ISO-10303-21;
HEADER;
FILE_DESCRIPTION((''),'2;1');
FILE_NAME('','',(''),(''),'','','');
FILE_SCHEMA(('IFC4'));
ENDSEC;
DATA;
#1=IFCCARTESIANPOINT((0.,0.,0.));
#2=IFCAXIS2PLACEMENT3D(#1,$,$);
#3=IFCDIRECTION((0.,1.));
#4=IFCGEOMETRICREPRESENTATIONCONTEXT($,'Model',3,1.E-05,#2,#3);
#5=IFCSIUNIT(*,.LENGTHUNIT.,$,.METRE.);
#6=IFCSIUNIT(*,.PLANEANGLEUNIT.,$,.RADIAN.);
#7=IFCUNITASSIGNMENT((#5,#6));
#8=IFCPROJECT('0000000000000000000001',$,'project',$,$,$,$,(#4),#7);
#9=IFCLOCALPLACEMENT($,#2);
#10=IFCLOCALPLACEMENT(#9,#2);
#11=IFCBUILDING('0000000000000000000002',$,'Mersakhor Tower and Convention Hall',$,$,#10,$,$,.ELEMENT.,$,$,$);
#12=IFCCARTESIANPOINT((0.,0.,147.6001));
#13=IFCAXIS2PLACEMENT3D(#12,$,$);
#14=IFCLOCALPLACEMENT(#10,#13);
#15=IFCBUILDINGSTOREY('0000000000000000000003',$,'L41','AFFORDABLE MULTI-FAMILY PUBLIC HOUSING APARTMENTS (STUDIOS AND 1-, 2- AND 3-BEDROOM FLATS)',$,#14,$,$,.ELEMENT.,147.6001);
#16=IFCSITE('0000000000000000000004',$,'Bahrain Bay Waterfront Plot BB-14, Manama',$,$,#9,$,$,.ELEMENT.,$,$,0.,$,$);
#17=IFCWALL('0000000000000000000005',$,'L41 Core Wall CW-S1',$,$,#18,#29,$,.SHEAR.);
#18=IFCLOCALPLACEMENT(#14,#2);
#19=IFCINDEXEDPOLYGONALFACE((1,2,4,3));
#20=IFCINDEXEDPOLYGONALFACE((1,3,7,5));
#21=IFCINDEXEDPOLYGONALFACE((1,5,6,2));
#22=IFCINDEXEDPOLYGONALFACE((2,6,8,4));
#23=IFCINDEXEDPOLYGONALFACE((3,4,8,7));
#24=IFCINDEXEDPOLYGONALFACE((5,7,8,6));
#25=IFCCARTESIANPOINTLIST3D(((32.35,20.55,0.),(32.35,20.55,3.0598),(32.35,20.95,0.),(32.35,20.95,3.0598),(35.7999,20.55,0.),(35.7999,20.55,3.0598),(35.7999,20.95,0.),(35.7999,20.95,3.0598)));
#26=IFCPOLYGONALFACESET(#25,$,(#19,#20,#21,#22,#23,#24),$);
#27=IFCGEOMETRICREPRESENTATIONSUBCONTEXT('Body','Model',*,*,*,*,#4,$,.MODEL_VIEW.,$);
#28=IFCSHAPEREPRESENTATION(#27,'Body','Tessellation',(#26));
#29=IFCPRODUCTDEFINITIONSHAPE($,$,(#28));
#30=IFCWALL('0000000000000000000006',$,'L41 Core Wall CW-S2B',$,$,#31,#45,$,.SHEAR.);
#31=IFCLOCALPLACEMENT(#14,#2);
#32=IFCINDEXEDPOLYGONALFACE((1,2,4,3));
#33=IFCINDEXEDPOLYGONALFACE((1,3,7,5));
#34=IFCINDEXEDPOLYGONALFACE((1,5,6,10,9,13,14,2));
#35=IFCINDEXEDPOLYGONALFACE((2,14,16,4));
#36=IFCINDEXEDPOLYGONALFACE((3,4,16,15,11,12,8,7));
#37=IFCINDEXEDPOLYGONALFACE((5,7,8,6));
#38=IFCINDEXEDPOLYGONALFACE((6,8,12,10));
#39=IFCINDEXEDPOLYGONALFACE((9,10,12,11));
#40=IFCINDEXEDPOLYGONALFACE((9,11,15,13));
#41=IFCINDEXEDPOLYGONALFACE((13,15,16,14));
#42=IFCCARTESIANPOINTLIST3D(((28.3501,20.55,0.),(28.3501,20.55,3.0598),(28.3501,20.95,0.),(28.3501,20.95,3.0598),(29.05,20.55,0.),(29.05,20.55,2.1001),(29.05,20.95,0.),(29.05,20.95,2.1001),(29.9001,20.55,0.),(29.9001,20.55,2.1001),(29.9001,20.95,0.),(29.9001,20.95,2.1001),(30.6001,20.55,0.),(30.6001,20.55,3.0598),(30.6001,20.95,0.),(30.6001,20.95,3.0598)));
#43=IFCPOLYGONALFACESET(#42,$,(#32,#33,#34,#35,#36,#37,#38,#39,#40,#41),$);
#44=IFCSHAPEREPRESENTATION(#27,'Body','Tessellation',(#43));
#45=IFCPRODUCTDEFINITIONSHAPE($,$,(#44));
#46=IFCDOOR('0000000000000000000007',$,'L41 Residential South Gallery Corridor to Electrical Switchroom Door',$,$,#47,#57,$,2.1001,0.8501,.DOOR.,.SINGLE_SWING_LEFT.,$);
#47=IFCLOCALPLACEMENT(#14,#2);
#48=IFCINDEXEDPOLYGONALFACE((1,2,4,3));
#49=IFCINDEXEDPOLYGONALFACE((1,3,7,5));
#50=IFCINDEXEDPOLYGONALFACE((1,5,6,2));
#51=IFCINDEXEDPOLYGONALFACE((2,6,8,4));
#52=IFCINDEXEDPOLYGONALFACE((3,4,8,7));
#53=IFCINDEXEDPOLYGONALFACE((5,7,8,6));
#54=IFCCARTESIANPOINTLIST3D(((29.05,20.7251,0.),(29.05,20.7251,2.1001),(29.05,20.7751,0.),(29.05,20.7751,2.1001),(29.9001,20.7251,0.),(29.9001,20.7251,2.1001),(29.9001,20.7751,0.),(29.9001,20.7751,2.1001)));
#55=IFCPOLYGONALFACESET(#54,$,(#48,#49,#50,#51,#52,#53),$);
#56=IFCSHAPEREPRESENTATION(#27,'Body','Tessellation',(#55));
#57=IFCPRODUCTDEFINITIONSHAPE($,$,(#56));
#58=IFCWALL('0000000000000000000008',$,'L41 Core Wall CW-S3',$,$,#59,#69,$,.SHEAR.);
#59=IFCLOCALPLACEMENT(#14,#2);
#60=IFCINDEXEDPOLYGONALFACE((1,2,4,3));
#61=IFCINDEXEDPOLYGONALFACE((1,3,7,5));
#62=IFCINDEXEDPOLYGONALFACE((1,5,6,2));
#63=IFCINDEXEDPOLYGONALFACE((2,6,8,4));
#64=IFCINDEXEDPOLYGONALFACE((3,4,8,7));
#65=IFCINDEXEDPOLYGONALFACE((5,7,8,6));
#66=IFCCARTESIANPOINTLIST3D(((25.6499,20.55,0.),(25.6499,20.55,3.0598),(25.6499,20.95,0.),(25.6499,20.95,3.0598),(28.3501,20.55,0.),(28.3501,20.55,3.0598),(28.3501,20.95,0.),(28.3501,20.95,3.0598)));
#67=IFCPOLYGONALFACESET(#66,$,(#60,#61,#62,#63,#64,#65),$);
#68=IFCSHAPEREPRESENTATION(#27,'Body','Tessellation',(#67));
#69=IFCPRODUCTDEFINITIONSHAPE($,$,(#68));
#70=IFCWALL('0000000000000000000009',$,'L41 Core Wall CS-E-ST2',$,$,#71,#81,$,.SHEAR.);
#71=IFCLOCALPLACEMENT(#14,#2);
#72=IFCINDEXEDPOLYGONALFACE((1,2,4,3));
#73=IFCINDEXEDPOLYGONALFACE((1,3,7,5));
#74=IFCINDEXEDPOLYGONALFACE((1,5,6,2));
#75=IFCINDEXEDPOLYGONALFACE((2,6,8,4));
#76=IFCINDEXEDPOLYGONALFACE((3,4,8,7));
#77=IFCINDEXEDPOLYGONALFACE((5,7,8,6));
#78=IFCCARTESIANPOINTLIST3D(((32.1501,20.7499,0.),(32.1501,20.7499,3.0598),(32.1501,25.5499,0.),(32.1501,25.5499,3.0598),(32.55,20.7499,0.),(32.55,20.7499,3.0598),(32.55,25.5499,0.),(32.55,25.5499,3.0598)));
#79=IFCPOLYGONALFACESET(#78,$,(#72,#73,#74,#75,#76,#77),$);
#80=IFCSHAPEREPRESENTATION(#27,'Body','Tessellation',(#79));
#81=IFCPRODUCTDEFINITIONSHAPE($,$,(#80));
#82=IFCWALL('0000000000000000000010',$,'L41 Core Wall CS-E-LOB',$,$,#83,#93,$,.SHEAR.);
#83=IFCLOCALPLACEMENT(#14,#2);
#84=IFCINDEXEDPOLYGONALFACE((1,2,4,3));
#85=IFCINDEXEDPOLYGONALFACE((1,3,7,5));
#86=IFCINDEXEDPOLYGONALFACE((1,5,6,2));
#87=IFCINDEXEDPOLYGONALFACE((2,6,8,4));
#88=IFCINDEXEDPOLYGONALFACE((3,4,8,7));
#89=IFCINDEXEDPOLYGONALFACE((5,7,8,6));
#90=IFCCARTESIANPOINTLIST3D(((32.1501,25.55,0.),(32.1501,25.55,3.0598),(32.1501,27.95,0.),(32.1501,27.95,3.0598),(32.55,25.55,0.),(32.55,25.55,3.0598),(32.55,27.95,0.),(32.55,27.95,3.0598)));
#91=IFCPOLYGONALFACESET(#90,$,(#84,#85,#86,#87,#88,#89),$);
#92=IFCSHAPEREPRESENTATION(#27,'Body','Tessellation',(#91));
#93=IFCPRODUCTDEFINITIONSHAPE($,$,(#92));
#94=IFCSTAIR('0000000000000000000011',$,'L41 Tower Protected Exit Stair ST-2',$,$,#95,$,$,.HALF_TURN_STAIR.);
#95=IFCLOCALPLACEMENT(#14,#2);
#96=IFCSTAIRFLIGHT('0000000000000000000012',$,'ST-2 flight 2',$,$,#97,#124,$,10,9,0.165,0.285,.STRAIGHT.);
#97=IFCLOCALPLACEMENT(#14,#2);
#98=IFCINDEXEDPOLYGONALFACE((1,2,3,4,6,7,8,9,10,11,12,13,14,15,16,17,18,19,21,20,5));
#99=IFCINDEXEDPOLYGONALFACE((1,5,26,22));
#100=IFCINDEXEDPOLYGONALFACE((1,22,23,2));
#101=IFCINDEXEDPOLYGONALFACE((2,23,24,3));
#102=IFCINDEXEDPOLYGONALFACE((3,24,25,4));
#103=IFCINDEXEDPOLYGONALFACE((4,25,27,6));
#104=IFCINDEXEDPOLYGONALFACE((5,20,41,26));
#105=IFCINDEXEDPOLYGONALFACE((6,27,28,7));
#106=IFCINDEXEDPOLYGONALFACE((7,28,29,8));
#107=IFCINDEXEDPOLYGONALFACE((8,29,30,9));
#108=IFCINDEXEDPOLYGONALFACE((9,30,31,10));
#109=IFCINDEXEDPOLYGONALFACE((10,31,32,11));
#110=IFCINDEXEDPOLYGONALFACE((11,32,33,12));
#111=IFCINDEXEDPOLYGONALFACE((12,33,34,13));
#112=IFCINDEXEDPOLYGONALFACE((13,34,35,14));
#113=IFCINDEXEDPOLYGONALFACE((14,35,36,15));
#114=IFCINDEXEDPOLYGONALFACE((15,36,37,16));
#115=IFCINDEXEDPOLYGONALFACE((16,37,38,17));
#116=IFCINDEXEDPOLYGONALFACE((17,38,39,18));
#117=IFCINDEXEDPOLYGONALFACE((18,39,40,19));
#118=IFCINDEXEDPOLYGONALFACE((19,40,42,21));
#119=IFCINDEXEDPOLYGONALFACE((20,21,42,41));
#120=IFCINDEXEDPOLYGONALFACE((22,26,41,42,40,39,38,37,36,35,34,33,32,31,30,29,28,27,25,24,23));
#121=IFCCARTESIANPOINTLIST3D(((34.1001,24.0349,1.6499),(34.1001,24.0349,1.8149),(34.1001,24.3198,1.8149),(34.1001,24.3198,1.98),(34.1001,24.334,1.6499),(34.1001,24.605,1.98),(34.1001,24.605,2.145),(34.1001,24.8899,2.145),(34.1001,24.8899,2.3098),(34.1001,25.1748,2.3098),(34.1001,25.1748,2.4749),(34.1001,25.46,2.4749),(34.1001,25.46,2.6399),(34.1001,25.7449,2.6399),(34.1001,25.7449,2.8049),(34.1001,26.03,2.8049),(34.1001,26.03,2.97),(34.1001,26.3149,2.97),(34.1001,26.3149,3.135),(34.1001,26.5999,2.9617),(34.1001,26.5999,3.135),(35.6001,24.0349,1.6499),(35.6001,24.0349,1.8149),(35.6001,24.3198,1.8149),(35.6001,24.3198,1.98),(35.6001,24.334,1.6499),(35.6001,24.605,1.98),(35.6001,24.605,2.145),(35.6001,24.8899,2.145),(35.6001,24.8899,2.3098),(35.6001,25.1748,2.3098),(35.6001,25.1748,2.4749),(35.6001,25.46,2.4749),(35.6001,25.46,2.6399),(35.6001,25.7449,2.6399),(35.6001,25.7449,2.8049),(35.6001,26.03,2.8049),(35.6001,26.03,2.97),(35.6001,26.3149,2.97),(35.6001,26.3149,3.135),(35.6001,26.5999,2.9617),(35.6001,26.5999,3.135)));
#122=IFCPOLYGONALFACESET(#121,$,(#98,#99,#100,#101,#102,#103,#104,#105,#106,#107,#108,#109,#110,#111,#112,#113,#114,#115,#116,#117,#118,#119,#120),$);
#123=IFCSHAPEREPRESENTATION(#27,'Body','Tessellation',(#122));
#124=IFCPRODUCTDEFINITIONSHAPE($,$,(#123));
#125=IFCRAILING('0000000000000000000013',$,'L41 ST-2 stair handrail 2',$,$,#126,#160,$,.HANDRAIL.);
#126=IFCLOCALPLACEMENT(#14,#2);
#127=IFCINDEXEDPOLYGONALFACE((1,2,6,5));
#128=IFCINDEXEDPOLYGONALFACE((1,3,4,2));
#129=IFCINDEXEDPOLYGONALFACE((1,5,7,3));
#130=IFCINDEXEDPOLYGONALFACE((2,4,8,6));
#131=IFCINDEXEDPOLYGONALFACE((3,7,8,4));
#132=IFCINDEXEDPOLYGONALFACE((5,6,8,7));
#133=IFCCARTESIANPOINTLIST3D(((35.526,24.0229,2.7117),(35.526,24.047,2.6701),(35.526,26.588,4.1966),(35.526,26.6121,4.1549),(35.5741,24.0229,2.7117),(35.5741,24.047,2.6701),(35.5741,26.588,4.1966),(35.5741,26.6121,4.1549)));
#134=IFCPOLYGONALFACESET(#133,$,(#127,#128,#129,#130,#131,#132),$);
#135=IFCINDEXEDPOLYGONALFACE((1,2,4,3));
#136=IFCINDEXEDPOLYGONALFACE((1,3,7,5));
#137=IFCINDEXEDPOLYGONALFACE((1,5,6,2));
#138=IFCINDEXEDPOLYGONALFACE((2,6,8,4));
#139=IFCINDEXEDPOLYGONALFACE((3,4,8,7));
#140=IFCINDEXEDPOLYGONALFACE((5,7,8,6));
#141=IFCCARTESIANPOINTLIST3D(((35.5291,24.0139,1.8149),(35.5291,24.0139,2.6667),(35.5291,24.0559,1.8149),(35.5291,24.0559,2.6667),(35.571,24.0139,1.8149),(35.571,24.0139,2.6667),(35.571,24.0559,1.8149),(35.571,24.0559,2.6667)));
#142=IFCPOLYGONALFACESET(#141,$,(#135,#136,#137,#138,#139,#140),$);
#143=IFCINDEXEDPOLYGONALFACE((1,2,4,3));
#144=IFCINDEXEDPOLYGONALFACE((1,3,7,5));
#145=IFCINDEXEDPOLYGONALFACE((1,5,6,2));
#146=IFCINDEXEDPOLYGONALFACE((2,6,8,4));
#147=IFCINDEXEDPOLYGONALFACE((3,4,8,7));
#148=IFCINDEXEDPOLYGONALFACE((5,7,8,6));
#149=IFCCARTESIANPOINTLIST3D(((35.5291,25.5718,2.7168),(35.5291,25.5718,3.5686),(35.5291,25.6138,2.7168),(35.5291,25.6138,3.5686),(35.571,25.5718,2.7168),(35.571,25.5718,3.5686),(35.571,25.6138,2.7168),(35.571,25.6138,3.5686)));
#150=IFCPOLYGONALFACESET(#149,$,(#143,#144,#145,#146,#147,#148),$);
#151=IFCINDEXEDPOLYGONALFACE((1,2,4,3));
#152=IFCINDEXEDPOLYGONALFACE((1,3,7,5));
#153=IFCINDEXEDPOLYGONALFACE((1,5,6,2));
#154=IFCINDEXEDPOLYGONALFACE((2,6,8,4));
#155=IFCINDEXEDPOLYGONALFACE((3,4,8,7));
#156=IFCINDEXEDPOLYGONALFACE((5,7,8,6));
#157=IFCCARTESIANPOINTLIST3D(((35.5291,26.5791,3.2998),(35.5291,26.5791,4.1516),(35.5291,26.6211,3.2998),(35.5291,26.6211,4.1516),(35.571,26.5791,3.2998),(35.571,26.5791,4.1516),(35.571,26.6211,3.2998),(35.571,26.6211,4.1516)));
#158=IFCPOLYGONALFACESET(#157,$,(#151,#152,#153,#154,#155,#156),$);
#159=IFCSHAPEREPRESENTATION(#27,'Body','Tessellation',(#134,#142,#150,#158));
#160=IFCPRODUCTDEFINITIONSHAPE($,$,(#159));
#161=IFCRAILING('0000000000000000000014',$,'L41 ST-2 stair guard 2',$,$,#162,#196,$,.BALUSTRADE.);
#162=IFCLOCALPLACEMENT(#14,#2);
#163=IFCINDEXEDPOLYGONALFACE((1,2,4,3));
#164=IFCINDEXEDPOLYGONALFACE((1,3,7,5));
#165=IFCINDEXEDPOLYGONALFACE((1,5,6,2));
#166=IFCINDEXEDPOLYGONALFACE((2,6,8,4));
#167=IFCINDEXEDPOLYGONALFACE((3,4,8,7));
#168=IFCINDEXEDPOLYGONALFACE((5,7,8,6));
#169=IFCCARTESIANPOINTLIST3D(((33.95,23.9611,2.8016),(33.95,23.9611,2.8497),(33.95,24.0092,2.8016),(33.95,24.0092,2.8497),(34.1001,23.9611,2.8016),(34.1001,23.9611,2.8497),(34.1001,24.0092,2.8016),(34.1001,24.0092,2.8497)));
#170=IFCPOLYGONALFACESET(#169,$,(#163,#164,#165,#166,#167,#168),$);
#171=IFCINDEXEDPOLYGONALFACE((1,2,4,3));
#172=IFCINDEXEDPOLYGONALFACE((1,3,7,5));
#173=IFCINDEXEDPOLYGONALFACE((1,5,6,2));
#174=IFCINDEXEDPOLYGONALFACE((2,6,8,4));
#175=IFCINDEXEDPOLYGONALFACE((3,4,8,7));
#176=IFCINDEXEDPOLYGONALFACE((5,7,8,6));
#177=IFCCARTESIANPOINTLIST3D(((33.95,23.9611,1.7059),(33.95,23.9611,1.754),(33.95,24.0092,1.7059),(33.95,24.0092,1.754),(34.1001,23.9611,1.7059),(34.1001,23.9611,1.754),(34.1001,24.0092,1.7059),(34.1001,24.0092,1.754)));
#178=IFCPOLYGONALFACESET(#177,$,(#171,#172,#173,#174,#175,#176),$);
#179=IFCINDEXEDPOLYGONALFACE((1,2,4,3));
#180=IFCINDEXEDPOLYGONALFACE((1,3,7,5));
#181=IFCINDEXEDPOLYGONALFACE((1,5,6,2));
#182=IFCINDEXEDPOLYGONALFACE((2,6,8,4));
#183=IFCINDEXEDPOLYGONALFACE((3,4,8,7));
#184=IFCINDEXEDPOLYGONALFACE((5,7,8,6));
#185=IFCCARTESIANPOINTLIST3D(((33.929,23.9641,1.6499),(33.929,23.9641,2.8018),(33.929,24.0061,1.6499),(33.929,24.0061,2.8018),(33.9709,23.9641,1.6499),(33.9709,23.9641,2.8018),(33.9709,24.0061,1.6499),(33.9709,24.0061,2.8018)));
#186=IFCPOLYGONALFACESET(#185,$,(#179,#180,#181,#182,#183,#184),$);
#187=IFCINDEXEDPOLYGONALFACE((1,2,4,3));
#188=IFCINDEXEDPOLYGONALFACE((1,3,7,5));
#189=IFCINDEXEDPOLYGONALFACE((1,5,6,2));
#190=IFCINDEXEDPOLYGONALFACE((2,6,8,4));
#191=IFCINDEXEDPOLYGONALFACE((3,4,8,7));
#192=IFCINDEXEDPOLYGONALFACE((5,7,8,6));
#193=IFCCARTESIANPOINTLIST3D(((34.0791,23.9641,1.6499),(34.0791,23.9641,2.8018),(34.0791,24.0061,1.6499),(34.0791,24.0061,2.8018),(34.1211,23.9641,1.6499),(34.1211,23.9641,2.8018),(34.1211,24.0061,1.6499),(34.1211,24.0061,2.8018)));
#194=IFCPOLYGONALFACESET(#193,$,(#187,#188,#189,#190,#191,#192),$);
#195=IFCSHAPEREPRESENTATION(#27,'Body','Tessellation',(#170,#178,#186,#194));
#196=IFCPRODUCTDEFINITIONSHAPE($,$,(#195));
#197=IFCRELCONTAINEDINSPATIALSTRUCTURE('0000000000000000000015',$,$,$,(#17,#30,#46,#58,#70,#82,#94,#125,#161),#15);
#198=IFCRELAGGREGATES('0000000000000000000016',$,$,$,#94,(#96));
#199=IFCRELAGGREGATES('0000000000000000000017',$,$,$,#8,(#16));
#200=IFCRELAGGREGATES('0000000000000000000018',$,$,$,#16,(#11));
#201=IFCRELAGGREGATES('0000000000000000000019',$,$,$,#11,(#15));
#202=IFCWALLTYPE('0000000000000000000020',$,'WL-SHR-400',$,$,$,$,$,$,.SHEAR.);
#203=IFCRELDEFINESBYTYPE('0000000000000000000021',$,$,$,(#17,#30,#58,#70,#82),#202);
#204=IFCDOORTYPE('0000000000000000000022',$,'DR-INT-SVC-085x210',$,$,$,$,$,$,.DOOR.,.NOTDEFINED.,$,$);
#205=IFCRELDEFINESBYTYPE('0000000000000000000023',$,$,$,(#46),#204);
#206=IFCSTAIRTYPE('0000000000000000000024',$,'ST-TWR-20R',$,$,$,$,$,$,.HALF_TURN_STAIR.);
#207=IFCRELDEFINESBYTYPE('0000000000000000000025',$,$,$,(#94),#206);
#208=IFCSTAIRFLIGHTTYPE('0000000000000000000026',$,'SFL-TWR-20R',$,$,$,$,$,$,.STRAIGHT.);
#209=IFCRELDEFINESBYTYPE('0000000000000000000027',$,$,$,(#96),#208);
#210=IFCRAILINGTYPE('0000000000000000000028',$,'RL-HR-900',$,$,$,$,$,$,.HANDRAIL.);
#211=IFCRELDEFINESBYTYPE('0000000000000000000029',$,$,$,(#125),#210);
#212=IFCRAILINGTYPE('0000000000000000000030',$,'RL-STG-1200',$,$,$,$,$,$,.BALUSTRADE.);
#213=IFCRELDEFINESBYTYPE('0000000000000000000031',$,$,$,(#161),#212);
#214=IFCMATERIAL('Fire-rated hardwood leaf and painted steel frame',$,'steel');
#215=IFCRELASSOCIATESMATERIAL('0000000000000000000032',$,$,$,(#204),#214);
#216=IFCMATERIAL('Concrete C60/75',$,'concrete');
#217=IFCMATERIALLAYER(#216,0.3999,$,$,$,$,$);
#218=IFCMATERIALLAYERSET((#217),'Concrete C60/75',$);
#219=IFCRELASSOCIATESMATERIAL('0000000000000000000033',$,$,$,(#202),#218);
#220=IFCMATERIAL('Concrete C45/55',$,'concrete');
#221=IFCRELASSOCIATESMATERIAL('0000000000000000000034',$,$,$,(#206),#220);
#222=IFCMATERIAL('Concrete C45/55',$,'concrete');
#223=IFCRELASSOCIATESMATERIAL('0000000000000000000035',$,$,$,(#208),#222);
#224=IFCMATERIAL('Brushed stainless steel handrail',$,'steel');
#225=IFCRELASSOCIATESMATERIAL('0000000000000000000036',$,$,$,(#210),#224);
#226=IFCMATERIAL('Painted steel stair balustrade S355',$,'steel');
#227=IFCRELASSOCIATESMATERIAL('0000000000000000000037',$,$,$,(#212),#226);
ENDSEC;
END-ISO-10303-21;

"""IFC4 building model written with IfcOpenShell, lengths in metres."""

from ifc_helpers import new_model, si_unit, direction, frame, frame_2d, origin, origin_2d, place, context, subcontext, project, spatial, polyline, rectangle, outline, extrude, material, layer, layer_set, type_object, element, fill, aggregate, save


model = new_model("IFC4")

# Units and contexts
model_context = context("Model", 3, precision=1e-05, world=origin(), true_north=direction((0.0, 1.0)))
body_context = subcontext(model_context, "Body", "Model", "MODEL_VIEW")
ifc_project = project(units=[si_unit("LENGTHUNIT", "METRE"), si_unit("PLANEANGLEUNIT", "RADIAN")], contexts=[model_context])

# Site, building, storey
site_placement = place(None, origin())
site = spatial("IfcSite", under=ifc_project, at=site_placement, Name="Bahrain Bay Waterfront Plot BB-14, Manama", CompositionType="ELEMENT", RefElevation=0.0)
building_placement = place(site_placement, origin())
building = spatial("IfcBuilding", under=site, at=building_placement, Name="Mersakhor Tower and Convention Hall", CompositionType="ELEMENT")
storey_placement = place(building_placement, frame((0.0, 0.0, 147.6001)))
storey = spatial("IfcBuildingStorey", under=building, at=storey_placement, Name="L41", Description="AFFORDABLE MULTI-FAMILY PUBLIC HOUSING APARTMENTS (STUDIOS AND 1-, 2- AND 3-BEDROOM FLATS)", CompositionType="ELEMENT", Elevation=147.6001)

# Shared definitions
ifc_material_1 = material(Name="Fire-rated hardwood leaf and painted steel frame", Category="steel")
door_type_1 = type_object("IfcDoorType", Name="DR-INT-SVC-085x210", OperationType="NOTDEFINED", PredefinedType="DOOR", material=ifc_material_1)

# Wall
ifc_material_2 = material(Name="Concrete C60/75", Category="concrete")
ifc_layer_1 = layer(ifc_material_2, 0.3999)
ifc_layer_set_1 = layer_set([ifc_layer_1], Name="Concrete C60/75")
wall_type_1 = type_object("IfcWallType", Name="WL-SHR-400", PredefinedType="SHEAR", material=ifc_layer_set_1)
wall_1_placement = place(storey_placement, frame((35.8, 20.75, 0.0), z_axis=(0.0, 0.0, 1.0), x_axis=(-1.0, 0.0, 0.0)))
element("IfcWall", 1, at=wall_1_placement, inside=storey, type_object=wall_type_1, Name="L41 Core Wall CW-S1", PredefinedType="SHEAR", context=body_context, shape_type="SweptSolid", body=[
    extrude(rectangle(XDim=3.45, YDim=0.3999, at=frame_2d((1.7251, 0.0))), origin(), (0.0, 0.0, 1.0), 3.0598),
])

# Wall, opening, door
wall_2_placement = place(storey_placement, frame((30.6001, 20.75, 0.0), z_axis=(0.0, 0.0, 1.0), x_axis=(-1.0, 0.0, 0.0)))
wall_2 = element("IfcWall", 2, at=wall_2_placement, inside=storey, type_object=wall_type_1, Name="L41 Core Wall CW-S2B", PredefinedType="SHEAR", context=body_context, shape_type="SweptSolid", body=[
    extrude(rectangle(XDim=2.25, YDim=0.3999, at=frame_2d((1.125, 0.0))), origin(), (0.0, 0.0, 1.0), 3.0598),
])
opening_1_placement = place(wall_2_placement, frame((0.7, 0.0, 0.0)))
opening_1 = element("IfcOpeningElement", 3, at=opening_1_placement, cuts=wall_2, PredefinedType="OPENING", context=body_context, shape_type="SweptSolid", body=[
    extrude(rectangle(XDim=0.8501, YDim=2.1001, at=frame_2d((0.425, 1.05))), frame((0.0, 0.21, 0.0), z_axis=(0.0, -1.0, 0.0), x_axis=(1.0, 0.0, 0.0)), (0.0, 0.0, 1.0), 0.4199),
])
door_1_placement = place(opening_1_placement, origin())
door_1 = element("IfcDoor", 4, at=door_1_placement, inside=storey, type_object=door_type_1, Name="L41 Residential South Gallery Corridor to Electrical Switchroom Door", OperationType="SINGLE_SWING_LEFT", OverallHeight=2.1001, OverallWidth=0.8501, PredefinedType="DOOR", context=body_context, shape_type="SweptSolid", body=[
    extrude(rectangle(XDim=0.8501, YDim=2.1001, at=frame_2d((0.425, 1.05))), frame((0.0, 0.0249, 0.0), z_axis=(0.0, -1.0, 0.0), x_axis=(1.0, 0.0, 0.0)), (0.0, 0.0, 1.0), 0.05),
])
fill(opening_1, door_1)

# Walls
wall_3_placement = place(storey_placement, frame((28.3501, 20.75, 0.0), z_axis=(0.0, 0.0, 1.0), x_axis=(-1.0, 0.0, 0.0)))
element("IfcWall", 5, at=wall_3_placement, inside=storey, type_object=wall_type_1, Name="L41 Core Wall CW-S3", PredefinedType="SHEAR", context=body_context, shape_type="SweptSolid", body=[
    extrude(rectangle(XDim=2.7002, YDim=0.3999, at=frame_2d((1.3501, 0.0))), origin(), (0.0, 0.0, 1.0), 3.0598),
])
wall_4_placement = place(storey_placement, frame((32.3501, 20.75, 0.0), z_axis=(0.0, 0.0, 1.0), x_axis=(0.0, 1.0, 0.0)))
element("IfcWall", 6, at=wall_4_placement, inside=storey, type_object=wall_type_1, Name="L41 Core Wall CS-E-ST2", PredefinedType="SHEAR", context=body_context, shape_type="SweptSolid", body=[
    extrude(rectangle(XDim=4.8, YDim=0.3999, at=frame_2d((2.3999, 0.0))), origin(), (0.0, 0.0, 1.0), 3.0598),
])
wall_5_placement = place(storey_placement, frame((32.3501, 25.55, 0.0), z_axis=(0.0, 0.0, 1.0), x_axis=(0.0, 1.0, 0.0)))
element("IfcWall", 7, at=wall_5_placement, inside=storey, type_object=wall_type_1, Name="L41 Core Wall CS-E-LOB", PredefinedType="SHEAR", context=body_context, shape_type="SweptSolid", body=[
    extrude(rectangle(XDim=2.3999, YDim=0.3999, at=frame_2d((1.2, 0.0))), origin(), (0.0, 0.0, 1.0), 3.0598),
])

# Stair, stair flight
ifc_material_3 = material(Name="Concrete C45/55", Category="concrete")
stair_type = type_object("IfcStairType", Name="ST-TWR-20R", PredefinedType="HALF_TURN_STAIR", material=ifc_material_3)
stair_placement = place(storey_placement, origin())
stair = element("IfcStair", 8, at=stair_placement, inside=storey, type_object=stair_type, Name="L41 Tower Protected Exit Stair ST-2", PredefinedType="HALF_TURN_STAIR")
ifc_material_4 = material(Name="Concrete C45/55", Category="concrete")
stair_flight_type = type_object("IfcStairFlightType", Name="SFL-TWR-20R", PredefinedType="STRAIGHT", material=ifc_material_4)
stair_flight_placement = place(storey_placement, frame((34.8501, 24.0349, 1.6499), z_axis=(0.0, 0.0, 1.0), x_axis=(0.0, 1.0, 0.0)))
stair_flight = element("IfcStairFlight", 9, at=stair_flight_placement, type_object=stair_flight_type, Name="ST-2 flight 2", NumberOfRisers=10, NumberOfTreads=9, PredefinedType="STRAIGHT", RiserHeight=0.165, TreadLength=0.285, context=body_context, shape_type="SweptSolid", body=[
    extrude(outline(polyline([(0.0, 0.0), (0.0, 0.165), (0.2849, 0.165), (0.2849, 0.3301), (0.5701, 0.3301), (0.5701, 0.4951), (0.855, 0.4951), (0.855, 0.6599), (1.1399, 0.6599), (1.1399, 0.825), (1.425, 0.825), (1.425, 0.99), (1.71, 0.99), (1.71, 1.155), (1.9951, 1.155), (1.9951, 1.3201), (2.28, 1.3201), (2.28, 1.4851), (2.5649, 1.4851), (2.5649, 1.6499), (2.5649, 1.3118), (0.2991, 0.0), (0.0, 0.0)])), frame((0.0, 0.75, 0.0), z_axis=(0.0, -1.0, 0.0), x_axis=(1.0, 0.0, 0.0)), (0.0, 0.0, 1.0), 1.5),
])
aggregate(stair, [stair_flight])

# Railings
ifc_material_5 = material(Name="Brushed stainless steel handrail", Category="steel")
railing_type_1 = type_object("IfcRailingType", Name="RL-HR-900", PredefinedType="HANDRAIL", material=ifc_material_5)
railing_1_placement = place(storey_placement, frame((35.55, 24.0349, 1.8149)))
element("IfcRailing", 10, at=railing_1_placement, inside=storey, type_object=railing_type_1, Name="L41 ST-2 stair handrail 2", PredefinedType="HANDRAIL", context=body_context, shape_type="SweptSolid", body=[
    extrude(rectangle(XDim=0.0481, YDim=0.0481, at=origin_2d()), frame((0.0, 0.0, 0.876), z_axis=(0.0, 0.865462, 0.500975), x_axis=(-1.0, 0.0, 0.0)), (0.0, 0.0, 1.0), 2.9639),
    extrude(rectangle(XDim=0.042, YDim=0.042, at=origin_2d()), origin(), (0.0, 0.0, 1.0), 0.8518),
    extrude(rectangle(XDim=0.042, YDim=0.042, at=origin_2d()), frame((0.0, 1.5579, 0.9019)), (0.0, 0.0, 1.0), 0.8518),
    extrude(rectangle(XDim=0.042, YDim=0.042, at=origin_2d()), frame((0.0, 2.5652, 1.4849)), (0.0, 0.0, 1.0), 0.8518),
])
ifc_material_6 = material(Name="Painted steel stair balustrade S355", Category="steel")
railing_type_2 = type_object("IfcRailingType", Name="RL-STG-1200", PredefinedType="BALUSTRADE", material=ifc_material_6)
railing_2_placement = place(storey_placement, frame((33.95, 23.9851, 1.6499)))
element("IfcRailing", 11, at=railing_2_placement, inside=storey, type_object=railing_type_2, Name="L41 ST-2 stair guard 2", PredefinedType="BALUSTRADE", context=body_context, shape_type="SweptSolid", body=[
    extrude(rectangle(XDim=0.0481, YDim=0.0481, at=origin_2d()), frame((0.0, 0.0, 1.1758), z_axis=(1.0, 0.0, 0.0), x_axis=(0.0, 1.0, 0.0)), (0.0, 0.0, 1.0), 0.1501),
    extrude(rectangle(XDim=0.0481, YDim=0.0481, at=origin_2d()), frame((0.0, 0.0, 0.0801), z_axis=(1.0, 0.0, 0.0), x_axis=(0.0, 1.0, 0.0)), (0.0, 0.0, 1.0), 0.1501),
    extrude(rectangle(XDim=0.042, YDim=0.042, at=origin_2d()), origin(), (0.0, 0.0, 1.0), 1.1519),
    extrude(rectangle(XDim=0.042, YDim=0.042, at=origin_2d()), frame((0.1501, 0.0, 0.0)), (0.0, 0.0, 1.0), 1.1519),
])

save(model, "model.ifc")
